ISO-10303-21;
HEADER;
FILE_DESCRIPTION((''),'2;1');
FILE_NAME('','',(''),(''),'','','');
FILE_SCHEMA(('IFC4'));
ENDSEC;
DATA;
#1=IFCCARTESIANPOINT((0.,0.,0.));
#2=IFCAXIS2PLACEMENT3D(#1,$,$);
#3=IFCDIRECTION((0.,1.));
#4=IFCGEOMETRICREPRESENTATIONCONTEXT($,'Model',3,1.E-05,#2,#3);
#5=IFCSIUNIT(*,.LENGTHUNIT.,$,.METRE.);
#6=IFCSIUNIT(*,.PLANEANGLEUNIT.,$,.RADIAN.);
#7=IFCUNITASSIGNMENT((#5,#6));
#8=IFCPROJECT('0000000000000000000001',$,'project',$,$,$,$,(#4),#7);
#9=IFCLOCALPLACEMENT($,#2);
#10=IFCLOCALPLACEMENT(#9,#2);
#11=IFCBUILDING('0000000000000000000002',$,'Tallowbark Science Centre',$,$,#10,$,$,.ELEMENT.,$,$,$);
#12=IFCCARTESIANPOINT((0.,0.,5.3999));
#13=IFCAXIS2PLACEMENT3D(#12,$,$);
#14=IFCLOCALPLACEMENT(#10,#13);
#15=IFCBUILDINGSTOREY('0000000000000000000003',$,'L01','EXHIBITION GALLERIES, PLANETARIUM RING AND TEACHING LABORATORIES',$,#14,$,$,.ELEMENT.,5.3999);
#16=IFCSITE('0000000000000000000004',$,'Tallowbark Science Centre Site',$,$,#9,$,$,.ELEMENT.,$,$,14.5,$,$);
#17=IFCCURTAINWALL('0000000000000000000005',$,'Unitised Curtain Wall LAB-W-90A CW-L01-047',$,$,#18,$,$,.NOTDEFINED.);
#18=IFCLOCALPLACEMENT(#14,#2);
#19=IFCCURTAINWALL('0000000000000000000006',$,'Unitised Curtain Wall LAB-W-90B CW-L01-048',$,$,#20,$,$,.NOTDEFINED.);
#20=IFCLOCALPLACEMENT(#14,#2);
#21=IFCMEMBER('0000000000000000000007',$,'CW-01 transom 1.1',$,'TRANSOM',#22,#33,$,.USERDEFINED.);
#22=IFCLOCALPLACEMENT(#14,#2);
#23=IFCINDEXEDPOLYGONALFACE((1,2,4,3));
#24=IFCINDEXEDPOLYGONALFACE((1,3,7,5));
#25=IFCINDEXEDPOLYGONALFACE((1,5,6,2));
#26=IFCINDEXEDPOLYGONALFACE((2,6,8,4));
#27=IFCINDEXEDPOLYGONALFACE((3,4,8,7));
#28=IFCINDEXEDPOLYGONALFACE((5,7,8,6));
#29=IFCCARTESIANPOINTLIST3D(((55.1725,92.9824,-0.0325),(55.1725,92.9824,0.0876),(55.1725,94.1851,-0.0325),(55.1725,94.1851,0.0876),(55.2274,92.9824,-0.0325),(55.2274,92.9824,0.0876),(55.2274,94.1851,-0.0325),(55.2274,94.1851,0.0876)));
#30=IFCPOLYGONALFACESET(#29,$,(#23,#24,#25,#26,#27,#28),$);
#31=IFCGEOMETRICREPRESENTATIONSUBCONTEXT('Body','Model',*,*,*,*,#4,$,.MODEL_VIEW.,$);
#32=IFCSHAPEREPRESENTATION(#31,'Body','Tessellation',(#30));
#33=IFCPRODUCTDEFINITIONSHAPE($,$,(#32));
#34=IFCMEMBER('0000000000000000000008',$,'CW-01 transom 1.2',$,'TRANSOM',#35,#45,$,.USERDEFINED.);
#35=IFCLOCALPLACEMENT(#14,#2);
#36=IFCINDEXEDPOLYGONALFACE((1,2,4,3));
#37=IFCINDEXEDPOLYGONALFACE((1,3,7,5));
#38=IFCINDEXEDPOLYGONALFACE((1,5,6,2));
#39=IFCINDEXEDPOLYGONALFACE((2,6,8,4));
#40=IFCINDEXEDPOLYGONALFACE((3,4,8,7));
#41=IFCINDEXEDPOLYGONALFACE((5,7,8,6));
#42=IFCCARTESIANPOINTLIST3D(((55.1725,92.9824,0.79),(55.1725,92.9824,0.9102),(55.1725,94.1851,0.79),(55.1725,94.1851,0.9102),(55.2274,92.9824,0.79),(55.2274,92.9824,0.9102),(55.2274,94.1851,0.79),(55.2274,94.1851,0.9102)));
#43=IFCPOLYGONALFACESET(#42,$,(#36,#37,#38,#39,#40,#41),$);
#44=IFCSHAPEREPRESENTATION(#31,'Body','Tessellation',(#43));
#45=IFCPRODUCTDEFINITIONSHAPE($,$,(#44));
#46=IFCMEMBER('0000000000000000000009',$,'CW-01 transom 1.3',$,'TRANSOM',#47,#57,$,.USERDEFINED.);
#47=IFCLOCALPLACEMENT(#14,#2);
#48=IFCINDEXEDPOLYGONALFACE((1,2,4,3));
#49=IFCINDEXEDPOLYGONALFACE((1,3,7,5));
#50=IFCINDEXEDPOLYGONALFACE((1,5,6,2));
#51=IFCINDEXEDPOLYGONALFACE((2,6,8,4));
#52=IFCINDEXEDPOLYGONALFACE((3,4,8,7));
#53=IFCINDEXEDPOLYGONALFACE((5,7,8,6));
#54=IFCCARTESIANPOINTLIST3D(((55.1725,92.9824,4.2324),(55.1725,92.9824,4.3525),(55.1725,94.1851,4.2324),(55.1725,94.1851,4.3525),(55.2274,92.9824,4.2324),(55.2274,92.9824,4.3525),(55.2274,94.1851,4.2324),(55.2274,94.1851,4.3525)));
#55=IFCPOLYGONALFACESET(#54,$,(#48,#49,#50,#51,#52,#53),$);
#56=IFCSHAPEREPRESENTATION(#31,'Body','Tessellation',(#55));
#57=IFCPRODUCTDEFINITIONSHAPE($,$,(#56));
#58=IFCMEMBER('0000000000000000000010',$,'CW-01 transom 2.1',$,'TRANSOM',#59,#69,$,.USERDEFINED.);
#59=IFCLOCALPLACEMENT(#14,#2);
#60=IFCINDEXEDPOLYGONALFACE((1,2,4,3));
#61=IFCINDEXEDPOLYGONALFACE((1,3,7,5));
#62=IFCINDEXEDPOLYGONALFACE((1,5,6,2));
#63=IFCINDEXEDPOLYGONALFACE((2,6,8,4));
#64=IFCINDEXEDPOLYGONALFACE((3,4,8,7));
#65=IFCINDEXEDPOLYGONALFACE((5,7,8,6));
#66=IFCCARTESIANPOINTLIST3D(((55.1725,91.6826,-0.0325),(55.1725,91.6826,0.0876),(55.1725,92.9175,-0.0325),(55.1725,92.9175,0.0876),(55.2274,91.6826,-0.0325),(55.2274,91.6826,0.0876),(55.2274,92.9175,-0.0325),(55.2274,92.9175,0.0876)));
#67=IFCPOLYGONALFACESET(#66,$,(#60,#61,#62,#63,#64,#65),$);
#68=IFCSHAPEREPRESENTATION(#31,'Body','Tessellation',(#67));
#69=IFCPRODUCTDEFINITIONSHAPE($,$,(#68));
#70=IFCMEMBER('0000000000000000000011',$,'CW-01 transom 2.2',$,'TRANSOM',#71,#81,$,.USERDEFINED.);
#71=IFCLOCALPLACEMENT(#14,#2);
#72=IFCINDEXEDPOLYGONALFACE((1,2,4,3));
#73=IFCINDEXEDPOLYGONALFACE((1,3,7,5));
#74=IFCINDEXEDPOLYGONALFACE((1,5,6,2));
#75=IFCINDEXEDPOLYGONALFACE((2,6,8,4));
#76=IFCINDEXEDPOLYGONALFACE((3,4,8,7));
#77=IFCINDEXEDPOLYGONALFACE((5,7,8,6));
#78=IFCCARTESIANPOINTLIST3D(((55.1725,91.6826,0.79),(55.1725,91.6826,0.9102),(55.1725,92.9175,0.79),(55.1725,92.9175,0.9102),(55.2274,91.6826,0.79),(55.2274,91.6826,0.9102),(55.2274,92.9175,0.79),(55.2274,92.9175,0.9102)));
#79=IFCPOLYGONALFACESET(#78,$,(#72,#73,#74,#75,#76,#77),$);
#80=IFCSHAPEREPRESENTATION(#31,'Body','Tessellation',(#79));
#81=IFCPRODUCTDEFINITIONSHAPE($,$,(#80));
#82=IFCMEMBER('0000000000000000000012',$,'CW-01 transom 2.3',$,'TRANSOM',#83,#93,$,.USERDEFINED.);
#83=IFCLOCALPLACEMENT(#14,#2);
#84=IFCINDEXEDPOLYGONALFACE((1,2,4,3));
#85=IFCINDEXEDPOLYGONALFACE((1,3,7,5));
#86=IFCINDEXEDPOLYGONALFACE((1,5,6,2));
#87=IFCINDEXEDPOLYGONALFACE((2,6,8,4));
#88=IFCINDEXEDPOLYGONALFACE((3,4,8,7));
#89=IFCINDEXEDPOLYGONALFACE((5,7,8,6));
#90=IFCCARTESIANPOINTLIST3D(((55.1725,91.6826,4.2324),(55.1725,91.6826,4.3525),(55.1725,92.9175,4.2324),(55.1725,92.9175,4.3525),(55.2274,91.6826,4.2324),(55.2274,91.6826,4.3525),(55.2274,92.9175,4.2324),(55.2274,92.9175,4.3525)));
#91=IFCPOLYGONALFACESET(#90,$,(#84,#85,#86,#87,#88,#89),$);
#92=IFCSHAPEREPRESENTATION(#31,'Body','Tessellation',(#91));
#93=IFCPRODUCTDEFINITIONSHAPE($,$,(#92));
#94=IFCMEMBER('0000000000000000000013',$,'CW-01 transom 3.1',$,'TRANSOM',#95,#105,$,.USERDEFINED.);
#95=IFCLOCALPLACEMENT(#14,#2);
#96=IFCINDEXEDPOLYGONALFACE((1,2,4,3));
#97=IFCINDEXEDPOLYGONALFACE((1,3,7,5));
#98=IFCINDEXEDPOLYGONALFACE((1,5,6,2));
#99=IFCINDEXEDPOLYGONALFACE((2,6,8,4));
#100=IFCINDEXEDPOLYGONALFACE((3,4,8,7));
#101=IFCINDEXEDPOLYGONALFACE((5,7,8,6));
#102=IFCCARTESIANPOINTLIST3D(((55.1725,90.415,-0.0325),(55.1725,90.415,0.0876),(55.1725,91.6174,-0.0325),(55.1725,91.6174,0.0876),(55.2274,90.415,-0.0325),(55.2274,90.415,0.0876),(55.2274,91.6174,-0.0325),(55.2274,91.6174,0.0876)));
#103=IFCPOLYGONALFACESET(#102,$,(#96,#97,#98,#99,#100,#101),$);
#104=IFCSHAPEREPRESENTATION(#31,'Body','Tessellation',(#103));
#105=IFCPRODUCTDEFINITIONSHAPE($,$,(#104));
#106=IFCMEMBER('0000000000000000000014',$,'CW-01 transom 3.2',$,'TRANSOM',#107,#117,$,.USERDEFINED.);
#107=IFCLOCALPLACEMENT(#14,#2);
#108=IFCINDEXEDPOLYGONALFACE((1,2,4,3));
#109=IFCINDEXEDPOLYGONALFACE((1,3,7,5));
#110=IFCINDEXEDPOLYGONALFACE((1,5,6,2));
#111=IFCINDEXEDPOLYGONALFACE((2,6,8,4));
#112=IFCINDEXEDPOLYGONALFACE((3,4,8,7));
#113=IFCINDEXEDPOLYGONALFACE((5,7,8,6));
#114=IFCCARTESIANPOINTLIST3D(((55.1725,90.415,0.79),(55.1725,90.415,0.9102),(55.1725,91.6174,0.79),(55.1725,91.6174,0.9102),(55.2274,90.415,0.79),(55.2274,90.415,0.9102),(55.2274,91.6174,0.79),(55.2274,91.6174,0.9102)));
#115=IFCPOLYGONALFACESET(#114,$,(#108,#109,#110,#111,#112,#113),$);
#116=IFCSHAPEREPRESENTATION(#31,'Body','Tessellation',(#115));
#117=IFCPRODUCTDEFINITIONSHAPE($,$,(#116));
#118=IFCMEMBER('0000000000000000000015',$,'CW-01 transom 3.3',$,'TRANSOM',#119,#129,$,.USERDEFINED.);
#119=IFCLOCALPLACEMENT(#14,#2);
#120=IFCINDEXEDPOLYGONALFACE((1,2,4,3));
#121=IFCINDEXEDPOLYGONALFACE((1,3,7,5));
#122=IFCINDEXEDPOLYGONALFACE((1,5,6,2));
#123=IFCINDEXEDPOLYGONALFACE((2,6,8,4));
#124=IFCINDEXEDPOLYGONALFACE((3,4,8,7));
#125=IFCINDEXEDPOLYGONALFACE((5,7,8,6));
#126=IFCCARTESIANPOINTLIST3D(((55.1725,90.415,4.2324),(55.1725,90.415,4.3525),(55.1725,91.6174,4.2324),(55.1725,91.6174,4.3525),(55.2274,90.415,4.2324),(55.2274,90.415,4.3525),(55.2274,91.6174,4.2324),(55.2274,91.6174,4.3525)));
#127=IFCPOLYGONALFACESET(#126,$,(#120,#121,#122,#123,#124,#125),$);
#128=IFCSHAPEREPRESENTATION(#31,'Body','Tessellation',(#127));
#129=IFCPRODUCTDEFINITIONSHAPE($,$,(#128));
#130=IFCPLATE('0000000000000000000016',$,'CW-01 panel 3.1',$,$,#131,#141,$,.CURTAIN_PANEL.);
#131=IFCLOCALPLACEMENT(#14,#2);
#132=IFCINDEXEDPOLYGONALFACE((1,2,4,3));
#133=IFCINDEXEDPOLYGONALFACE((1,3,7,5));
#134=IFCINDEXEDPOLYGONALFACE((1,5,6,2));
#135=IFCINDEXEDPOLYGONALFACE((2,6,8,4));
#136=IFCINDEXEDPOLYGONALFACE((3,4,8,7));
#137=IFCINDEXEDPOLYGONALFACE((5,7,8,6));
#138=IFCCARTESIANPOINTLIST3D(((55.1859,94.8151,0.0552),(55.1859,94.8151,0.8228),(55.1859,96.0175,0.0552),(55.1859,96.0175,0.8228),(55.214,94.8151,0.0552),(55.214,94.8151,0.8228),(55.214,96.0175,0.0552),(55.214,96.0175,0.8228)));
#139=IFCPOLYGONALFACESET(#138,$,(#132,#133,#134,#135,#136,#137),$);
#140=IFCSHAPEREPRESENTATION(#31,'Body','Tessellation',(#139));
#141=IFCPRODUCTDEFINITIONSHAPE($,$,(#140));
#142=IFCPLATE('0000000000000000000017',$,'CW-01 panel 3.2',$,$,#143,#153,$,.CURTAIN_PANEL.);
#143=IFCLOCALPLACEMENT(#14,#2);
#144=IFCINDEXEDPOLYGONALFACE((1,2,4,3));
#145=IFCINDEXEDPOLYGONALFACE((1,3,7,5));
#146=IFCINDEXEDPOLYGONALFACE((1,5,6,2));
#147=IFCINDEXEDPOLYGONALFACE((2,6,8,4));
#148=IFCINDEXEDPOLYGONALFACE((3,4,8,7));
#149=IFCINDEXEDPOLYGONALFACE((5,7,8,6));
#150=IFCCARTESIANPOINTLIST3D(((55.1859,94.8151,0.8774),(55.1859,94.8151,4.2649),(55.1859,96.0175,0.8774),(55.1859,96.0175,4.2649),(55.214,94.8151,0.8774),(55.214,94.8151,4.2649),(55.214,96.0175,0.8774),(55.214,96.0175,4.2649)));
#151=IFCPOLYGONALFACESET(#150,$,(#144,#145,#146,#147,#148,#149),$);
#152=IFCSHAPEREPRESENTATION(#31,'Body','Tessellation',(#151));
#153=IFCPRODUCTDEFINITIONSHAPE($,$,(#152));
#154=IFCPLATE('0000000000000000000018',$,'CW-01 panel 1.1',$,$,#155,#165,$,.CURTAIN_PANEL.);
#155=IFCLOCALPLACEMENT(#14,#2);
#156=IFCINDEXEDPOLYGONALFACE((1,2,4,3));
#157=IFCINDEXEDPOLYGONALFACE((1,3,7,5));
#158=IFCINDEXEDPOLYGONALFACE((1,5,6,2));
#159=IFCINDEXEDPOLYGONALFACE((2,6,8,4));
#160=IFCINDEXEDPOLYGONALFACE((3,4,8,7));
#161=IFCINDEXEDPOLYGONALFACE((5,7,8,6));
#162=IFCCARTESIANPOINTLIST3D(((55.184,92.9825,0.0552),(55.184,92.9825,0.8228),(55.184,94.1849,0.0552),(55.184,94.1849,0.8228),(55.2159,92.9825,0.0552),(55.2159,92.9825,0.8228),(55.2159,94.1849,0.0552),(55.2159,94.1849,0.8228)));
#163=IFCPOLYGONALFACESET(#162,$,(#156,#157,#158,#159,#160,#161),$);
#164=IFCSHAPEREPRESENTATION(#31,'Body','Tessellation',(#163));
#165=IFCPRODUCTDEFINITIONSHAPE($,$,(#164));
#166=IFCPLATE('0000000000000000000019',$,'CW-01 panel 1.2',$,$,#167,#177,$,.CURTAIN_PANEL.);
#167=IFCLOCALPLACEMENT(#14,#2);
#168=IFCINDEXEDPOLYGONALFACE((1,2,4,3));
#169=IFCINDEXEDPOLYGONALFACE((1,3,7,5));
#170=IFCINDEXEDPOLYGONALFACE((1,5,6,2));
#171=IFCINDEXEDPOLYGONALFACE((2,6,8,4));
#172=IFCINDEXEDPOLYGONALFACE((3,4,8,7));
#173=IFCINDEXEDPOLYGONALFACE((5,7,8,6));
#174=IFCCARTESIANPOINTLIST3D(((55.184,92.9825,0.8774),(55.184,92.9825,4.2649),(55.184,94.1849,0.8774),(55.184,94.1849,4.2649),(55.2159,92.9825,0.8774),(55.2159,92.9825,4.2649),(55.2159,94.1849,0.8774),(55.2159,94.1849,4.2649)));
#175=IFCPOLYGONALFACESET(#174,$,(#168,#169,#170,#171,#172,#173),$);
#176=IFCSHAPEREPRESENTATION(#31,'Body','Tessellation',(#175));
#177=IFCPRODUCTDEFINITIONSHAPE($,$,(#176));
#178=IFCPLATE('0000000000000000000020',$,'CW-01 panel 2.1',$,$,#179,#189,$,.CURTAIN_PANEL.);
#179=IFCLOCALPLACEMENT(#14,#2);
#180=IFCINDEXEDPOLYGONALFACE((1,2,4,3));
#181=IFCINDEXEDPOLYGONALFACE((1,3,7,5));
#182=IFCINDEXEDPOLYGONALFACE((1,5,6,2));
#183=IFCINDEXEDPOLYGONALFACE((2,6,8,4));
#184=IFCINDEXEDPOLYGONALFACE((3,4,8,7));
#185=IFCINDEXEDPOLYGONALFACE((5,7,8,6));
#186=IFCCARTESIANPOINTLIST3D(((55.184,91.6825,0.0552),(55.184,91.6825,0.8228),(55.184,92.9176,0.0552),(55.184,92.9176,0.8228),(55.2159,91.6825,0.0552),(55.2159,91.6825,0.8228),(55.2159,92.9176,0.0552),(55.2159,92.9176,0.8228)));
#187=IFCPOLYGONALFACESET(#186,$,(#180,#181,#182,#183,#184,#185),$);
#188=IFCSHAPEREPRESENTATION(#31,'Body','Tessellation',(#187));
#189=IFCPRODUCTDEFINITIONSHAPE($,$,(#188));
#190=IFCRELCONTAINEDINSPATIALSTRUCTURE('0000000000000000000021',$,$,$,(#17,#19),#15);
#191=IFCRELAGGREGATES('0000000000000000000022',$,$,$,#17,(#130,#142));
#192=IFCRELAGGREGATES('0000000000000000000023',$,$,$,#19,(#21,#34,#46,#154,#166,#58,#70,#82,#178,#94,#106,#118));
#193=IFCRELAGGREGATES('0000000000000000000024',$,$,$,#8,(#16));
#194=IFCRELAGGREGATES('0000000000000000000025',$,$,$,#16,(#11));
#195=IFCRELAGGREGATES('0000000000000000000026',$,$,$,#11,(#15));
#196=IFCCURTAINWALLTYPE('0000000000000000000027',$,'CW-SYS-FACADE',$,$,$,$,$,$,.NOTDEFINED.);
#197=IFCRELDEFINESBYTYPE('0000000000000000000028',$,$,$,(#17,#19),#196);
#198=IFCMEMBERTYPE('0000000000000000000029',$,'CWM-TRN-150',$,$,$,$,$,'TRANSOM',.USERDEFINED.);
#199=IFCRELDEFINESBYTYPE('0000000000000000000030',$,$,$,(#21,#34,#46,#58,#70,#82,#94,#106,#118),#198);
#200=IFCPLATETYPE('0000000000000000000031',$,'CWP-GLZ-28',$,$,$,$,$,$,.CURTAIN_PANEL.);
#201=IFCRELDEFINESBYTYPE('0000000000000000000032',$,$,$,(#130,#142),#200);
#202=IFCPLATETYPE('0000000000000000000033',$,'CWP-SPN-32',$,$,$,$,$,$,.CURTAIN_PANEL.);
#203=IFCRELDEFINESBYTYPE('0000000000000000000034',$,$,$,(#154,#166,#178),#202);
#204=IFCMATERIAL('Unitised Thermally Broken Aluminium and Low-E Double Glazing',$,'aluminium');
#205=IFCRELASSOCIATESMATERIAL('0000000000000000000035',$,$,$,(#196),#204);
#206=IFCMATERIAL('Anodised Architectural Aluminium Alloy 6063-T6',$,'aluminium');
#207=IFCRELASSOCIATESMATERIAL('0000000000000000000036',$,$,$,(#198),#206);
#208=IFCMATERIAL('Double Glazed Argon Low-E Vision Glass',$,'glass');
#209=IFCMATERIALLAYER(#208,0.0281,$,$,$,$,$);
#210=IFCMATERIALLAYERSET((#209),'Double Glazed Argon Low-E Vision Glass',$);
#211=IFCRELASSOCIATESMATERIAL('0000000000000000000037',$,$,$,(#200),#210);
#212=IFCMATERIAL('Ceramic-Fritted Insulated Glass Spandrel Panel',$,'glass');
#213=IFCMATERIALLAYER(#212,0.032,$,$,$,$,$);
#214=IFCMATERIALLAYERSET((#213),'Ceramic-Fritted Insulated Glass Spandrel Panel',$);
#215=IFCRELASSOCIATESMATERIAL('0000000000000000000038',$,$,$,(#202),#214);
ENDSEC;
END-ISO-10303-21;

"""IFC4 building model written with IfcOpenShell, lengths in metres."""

from ifc_helpers import new_model, si_unit, direction, frame, origin, origin_2d, place, context, subcontext, project, spatial, rectangle, extrude, material, layer, layer_set, material_profile, profile_set, type_object, element, aggregate, save


model = new_model("IFC4")

# Units and contexts
model_context = context("Model", 3, precision=1e-05, world=origin(), true_north=direction((0.0, 1.0)))
body_context = subcontext(model_context, "Body", "Model", "MODEL_VIEW")
ifc_project = project(units=[si_unit("LENGTHUNIT", "METRE"), si_unit("PLANEANGLEUNIT", "RADIAN")], contexts=[model_context])

# Site, building, storey
site_placement = place(None, origin())
site = spatial("IfcSite", under=ifc_project, at=site_placement, Name="Tallowbark Science Centre Site", CompositionType="ELEMENT", RefElevation=14.5)
building_placement = place(site_placement, origin())
building = spatial("IfcBuilding", under=site, at=building_placement, Name="Tallowbark Science Centre", CompositionType="ELEMENT")
storey_placement = place(building_placement, frame((0.0, 0.0, 5.3999)))
storey = spatial("IfcBuildingStorey", under=building, at=storey_placement, Name="L01", Description="EXHIBITION GALLERIES, PLANETARIUM RING AND TEACHING LABORATORIES", CompositionType="ELEMENT", Elevation=5.3999)

# Curtain wall
ifc_material_1 = material(Name="Unitised Thermally Broken Aluminium and Low-E Double Glazing", Category="aluminium")
curtain_wall_type = type_object("IfcCurtainWallType", Name="CW-SYS-FACADE", PredefinedType="NOTDEFINED", material=ifc_material_1)
curtain_wall_1_placement = place(storey_placement, origin())
curtain_wall_1 = element("IfcCurtainWall", 1, at=curtain_wall_1_placement, inside=storey, type_object=curtain_wall_type, Name="Unitised Curtain Wall LAB-W-90A CW-L01-047", PredefinedType="NOTDEFINED")
ifc_material_2 = material(Name="Anodised Architectural Aluminium Alloy 6063-T6", Category="aluminium")

# Curtain wall
curtain_wall_2_placement = place(storey_placement, origin())
curtain_wall_2 = element("IfcCurtainWall", 2, at=curtain_wall_2_placement, inside=storey, type_object=curtain_wall_type, Name="Unitised Curtain Wall LAB-W-90B CW-L01-048", PredefinedType="NOTDEFINED")

# Members
ifc_material_profile_1 = material_profile(ifc_material_2, rectangle(XDim=0.0549, YDim=0.1201, at=origin_2d()), Name="ALU55x120")
ifc_profile_set_1 = profile_set([ifc_material_profile_1], Name="Anodised Architectural Aluminium Alloy 6063-T6")
member_type_1 = type_object("IfcMemberType", Name="CWM-TRN-150", ElementType="TRANSOM", PredefinedType="USERDEFINED", material=ifc_profile_set_1)
member_1_placement = place(storey_placement, frame((55.2, 94.1851, 0.0276), z_axis=(0.0, -1.0, 0.0), x_axis=(1.0, 0.0, 0.0)))
member_1 = element("IfcMember", 3, at=member_1_placement, type_object=member_type_1, Name="CW-01 transom 1.1", ObjectType="TRANSOM", PredefinedType="USERDEFINED", context=body_context, shape_type="SweptSolid", body=[
    extrude(rectangle(XDim=0.0549, YDim=0.1201, at=origin_2d()), origin(), (0.0, 0.0, 1.0), 1.2026),
])
member_2_placement = place(storey_placement, frame((55.2, 94.1851, 0.8501), z_axis=(0.0, -1.0, 0.0), x_axis=(1.0, 0.0, 0.0)))
member_2 = element("IfcMember", 4, at=member_2_placement, type_object=member_type_1, Name="CW-01 transom 1.2", ObjectType="TRANSOM", PredefinedType="USERDEFINED", context=body_context, shape_type="SweptSolid", body=[
    extrude(rectangle(XDim=0.0549, YDim=0.1201, at=origin_2d()), origin(), (0.0, 0.0, 1.0), 1.2026),
])
member_3_placement = place(storey_placement, frame((55.2, 94.1851, 4.2925), z_axis=(0.0, -1.0, 0.0), x_axis=(1.0, 0.0, 0.0)))
member_3 = element("IfcMember", 5, at=member_3_placement, type_object=member_type_1, Name="CW-01 transom 1.3", ObjectType="TRANSOM", PredefinedType="USERDEFINED", context=body_context, shape_type="SweptSolid", body=[
    extrude(rectangle(XDim=0.0549, YDim=0.1201, at=origin_2d()), origin(), (0.0, 0.0, 1.0), 1.2026),
])
member_4_placement = place(storey_placement, frame((55.2, 92.9175, 0.0276), z_axis=(0.0, -1.0, 0.0), x_axis=(1.0, 0.0, 0.0)))
member_4 = element("IfcMember", 6, at=member_4_placement, type_object=member_type_1, Name="CW-01 transom 2.1", ObjectType="TRANSOM", PredefinedType="USERDEFINED", context=body_context, shape_type="SweptSolid", body=[
    extrude(rectangle(XDim=0.0549, YDim=0.1201, at=origin_2d()), origin(), (0.0, 0.0, 1.0), 1.2349),
])
member_5_placement = place(storey_placement, frame((55.2, 92.9175, 0.8501), z_axis=(0.0, -1.0, 0.0), x_axis=(1.0, 0.0, 0.0)))
member_5 = element("IfcMember", 7, at=member_5_placement, type_object=member_type_1, Name="CW-01 transom 2.2", ObjectType="TRANSOM", PredefinedType="USERDEFINED", context=body_context, shape_type="SweptSolid", body=[
    extrude(rectangle(XDim=0.0549, YDim=0.1201, at=origin_2d()), origin(), (0.0, 0.0, 1.0), 1.2349),
])
member_6_placement = place(storey_placement, frame((55.2, 92.9175, 4.2925), z_axis=(0.0, -1.0, 0.0), x_axis=(1.0, 0.0, 0.0)))
member_6 = element("IfcMember", 8, at=member_6_placement, type_object=member_type_1, Name="CW-01 transom 2.3", ObjectType="TRANSOM", PredefinedType="USERDEFINED", context=body_context, shape_type="SweptSolid", body=[
    extrude(rectangle(XDim=0.0549, YDim=0.1201, at=origin_2d()), origin(), (0.0, 0.0, 1.0), 1.2349),
])
member_7_placement = place(storey_placement, frame((55.2, 91.6174, 0.0276), z_axis=(0.0, -1.0, 0.0), x_axis=(1.0, 0.0, 0.0)))
member_7 = element("IfcMember", 9, at=member_7_placement, type_object=member_type_1, Name="CW-01 transom 3.1", ObjectType="TRANSOM", PredefinedType="USERDEFINED", context=body_context, shape_type="SweptSolid", body=[
    extrude(rectangle(XDim=0.0549, YDim=0.1201, at=origin_2d()), origin(), (0.0, 0.0, 1.0), 1.2024),
])
member_8_placement = place(storey_placement, frame((55.2, 91.6174, 0.8501), z_axis=(0.0, -1.0, 0.0), x_axis=(1.0, 0.0, 0.0)))
member_8 = element("IfcMember", 10, at=member_8_placement, type_object=member_type_1, Name="CW-01 transom 3.2", ObjectType="TRANSOM", PredefinedType="USERDEFINED", context=body_context, shape_type="SweptSolid", body=[
    extrude(rectangle(XDim=0.0549, YDim=0.1201, at=origin_2d()), origin(), (0.0, 0.0, 1.0), 1.2024),
])
member_9_placement = place(storey_placement, frame((55.2, 91.6174, 4.2925), z_axis=(0.0, -1.0, 0.0), x_axis=(1.0, 0.0, 0.0)))
member_9 = element("IfcMember", 11, at=member_9_placement, type_object=member_type_1, Name="CW-01 transom 3.3", ObjectType="TRANSOM", PredefinedType="USERDEFINED", context=body_context, shape_type="SweptSolid", body=[
    extrude(rectangle(XDim=0.0549, YDim=0.1201, at=origin_2d()), origin(), (0.0, 0.0, 1.0), 1.2024),
])

# Plates
ifc_material_3 = material(Name="Double Glazed Argon Low-E Vision Glass", Category="glass")
ifc_layer_1 = layer(ifc_material_3, 0.0281)
ifc_layer_set_1 = layer_set([ifc_layer_1], Name="Double Glazed Argon Low-E Vision Glass")
plate_type_1 = type_object("IfcPlateType", Name="CWP-GLZ-28", PredefinedType="CURTAIN_PANEL", material=ifc_layer_set_1)
plate_1_placement = place(storey_placement, frame((55.2, 95.4163, 0.0552), z_axis=(0.0, 0.0, 1.0), x_axis=(0.0, -1.0, 0.0)))
plate_1 = element("IfcPlate", 12, at=plate_1_placement, type_object=plate_type_1, Name="CW-01 panel 3.1", PredefinedType="CURTAIN_PANEL", context=body_context, shape_type="SweptSolid", body=[
    extrude(rectangle(XDim=1.2024, YDim=0.0281, at=origin_2d()), origin(), (0.0, 0.0, 1.0), 0.7676),
])
plate_2_placement = place(storey_placement, frame((55.2, 95.4163, 0.8774), z_axis=(0.0, 0.0, 1.0), x_axis=(0.0, -1.0, 0.0)))
plate_2 = element("IfcPlate", 13, at=plate_2_placement, type_object=plate_type_1, Name="CW-01 panel 3.2", PredefinedType="CURTAIN_PANEL", context=body_context, shape_type="SweptSolid", body=[
    extrude(rectangle(XDim=1.2024, YDim=0.0281, at=origin_2d()), origin(), (0.0, 0.0, 1.0), 3.3875),
])
aggregate(curtain_wall_1, [plate_1, plate_2])
ifc_material_4 = material(Name="Ceramic-Fritted Insulated Glass Spandrel Panel", Category="glass")
ifc_layer_2 = layer(ifc_material_4, 0.032)
ifc_layer_set_2 = layer_set([ifc_layer_2], Name="Ceramic-Fritted Insulated Glass Spandrel Panel")
plate_type_2 = type_object("IfcPlateType", Name="CWP-SPN-32", PredefinedType="CURTAIN_PANEL", material=ifc_layer_set_2)
plate_3_placement = place(storey_placement, frame((55.2, 93.5837, 0.0552), z_axis=(0.0, 0.0, 1.0), x_axis=(0.0, -1.0, 0.0)))
plate_3 = element("IfcPlate", 14, at=plate_3_placement, type_object=plate_type_2, Name="CW-01 panel 1.1", PredefinedType="CURTAIN_PANEL", context=body_context, shape_type="SweptSolid", body=[
    extrude(rectangle(XDim=1.2024, YDim=0.032, at=origin_2d()), origin(), (0.0, 0.0, 1.0), 0.7676),
])
plate_4_placement = place(storey_placement, frame((55.2, 93.5837, 0.8774), z_axis=(0.0, 0.0, 1.0), x_axis=(0.0, -1.0, 0.0)))
plate_4 = element("IfcPlate", 15, at=plate_4_placement, type_object=plate_type_2, Name="CW-01 panel 1.2", PredefinedType="CURTAIN_PANEL", context=body_context, shape_type="SweptSolid", body=[
    extrude(rectangle(XDim=1.2024, YDim=0.032, at=origin_2d()), origin(), (0.0, 0.0, 1.0), 3.3875),
])
plate_5_placement = place(storey_placement, frame((55.2, 92.3, 0.0552), z_axis=(0.0, 0.0, 1.0), x_axis=(0.0, -1.0, 0.0)))
plate_5 = element("IfcPlate", 16, at=plate_5_placement, type_object=plate_type_2, Name="CW-01 panel 2.1", PredefinedType="CURTAIN_PANEL", context=body_context, shape_type="SweptSolid", body=[
    extrude(rectangle(XDim=1.2351, YDim=0.032, at=origin_2d()), origin(), (0.0, 0.0, 1.0), 0.7676),
])
aggregate(curtain_wall_2, [member_1, member_2, member_3, plate_3, plate_4, member_4, member_5, member_6, plate_5, member_7, member_8, member_9])

save(model, "model.ifc")
